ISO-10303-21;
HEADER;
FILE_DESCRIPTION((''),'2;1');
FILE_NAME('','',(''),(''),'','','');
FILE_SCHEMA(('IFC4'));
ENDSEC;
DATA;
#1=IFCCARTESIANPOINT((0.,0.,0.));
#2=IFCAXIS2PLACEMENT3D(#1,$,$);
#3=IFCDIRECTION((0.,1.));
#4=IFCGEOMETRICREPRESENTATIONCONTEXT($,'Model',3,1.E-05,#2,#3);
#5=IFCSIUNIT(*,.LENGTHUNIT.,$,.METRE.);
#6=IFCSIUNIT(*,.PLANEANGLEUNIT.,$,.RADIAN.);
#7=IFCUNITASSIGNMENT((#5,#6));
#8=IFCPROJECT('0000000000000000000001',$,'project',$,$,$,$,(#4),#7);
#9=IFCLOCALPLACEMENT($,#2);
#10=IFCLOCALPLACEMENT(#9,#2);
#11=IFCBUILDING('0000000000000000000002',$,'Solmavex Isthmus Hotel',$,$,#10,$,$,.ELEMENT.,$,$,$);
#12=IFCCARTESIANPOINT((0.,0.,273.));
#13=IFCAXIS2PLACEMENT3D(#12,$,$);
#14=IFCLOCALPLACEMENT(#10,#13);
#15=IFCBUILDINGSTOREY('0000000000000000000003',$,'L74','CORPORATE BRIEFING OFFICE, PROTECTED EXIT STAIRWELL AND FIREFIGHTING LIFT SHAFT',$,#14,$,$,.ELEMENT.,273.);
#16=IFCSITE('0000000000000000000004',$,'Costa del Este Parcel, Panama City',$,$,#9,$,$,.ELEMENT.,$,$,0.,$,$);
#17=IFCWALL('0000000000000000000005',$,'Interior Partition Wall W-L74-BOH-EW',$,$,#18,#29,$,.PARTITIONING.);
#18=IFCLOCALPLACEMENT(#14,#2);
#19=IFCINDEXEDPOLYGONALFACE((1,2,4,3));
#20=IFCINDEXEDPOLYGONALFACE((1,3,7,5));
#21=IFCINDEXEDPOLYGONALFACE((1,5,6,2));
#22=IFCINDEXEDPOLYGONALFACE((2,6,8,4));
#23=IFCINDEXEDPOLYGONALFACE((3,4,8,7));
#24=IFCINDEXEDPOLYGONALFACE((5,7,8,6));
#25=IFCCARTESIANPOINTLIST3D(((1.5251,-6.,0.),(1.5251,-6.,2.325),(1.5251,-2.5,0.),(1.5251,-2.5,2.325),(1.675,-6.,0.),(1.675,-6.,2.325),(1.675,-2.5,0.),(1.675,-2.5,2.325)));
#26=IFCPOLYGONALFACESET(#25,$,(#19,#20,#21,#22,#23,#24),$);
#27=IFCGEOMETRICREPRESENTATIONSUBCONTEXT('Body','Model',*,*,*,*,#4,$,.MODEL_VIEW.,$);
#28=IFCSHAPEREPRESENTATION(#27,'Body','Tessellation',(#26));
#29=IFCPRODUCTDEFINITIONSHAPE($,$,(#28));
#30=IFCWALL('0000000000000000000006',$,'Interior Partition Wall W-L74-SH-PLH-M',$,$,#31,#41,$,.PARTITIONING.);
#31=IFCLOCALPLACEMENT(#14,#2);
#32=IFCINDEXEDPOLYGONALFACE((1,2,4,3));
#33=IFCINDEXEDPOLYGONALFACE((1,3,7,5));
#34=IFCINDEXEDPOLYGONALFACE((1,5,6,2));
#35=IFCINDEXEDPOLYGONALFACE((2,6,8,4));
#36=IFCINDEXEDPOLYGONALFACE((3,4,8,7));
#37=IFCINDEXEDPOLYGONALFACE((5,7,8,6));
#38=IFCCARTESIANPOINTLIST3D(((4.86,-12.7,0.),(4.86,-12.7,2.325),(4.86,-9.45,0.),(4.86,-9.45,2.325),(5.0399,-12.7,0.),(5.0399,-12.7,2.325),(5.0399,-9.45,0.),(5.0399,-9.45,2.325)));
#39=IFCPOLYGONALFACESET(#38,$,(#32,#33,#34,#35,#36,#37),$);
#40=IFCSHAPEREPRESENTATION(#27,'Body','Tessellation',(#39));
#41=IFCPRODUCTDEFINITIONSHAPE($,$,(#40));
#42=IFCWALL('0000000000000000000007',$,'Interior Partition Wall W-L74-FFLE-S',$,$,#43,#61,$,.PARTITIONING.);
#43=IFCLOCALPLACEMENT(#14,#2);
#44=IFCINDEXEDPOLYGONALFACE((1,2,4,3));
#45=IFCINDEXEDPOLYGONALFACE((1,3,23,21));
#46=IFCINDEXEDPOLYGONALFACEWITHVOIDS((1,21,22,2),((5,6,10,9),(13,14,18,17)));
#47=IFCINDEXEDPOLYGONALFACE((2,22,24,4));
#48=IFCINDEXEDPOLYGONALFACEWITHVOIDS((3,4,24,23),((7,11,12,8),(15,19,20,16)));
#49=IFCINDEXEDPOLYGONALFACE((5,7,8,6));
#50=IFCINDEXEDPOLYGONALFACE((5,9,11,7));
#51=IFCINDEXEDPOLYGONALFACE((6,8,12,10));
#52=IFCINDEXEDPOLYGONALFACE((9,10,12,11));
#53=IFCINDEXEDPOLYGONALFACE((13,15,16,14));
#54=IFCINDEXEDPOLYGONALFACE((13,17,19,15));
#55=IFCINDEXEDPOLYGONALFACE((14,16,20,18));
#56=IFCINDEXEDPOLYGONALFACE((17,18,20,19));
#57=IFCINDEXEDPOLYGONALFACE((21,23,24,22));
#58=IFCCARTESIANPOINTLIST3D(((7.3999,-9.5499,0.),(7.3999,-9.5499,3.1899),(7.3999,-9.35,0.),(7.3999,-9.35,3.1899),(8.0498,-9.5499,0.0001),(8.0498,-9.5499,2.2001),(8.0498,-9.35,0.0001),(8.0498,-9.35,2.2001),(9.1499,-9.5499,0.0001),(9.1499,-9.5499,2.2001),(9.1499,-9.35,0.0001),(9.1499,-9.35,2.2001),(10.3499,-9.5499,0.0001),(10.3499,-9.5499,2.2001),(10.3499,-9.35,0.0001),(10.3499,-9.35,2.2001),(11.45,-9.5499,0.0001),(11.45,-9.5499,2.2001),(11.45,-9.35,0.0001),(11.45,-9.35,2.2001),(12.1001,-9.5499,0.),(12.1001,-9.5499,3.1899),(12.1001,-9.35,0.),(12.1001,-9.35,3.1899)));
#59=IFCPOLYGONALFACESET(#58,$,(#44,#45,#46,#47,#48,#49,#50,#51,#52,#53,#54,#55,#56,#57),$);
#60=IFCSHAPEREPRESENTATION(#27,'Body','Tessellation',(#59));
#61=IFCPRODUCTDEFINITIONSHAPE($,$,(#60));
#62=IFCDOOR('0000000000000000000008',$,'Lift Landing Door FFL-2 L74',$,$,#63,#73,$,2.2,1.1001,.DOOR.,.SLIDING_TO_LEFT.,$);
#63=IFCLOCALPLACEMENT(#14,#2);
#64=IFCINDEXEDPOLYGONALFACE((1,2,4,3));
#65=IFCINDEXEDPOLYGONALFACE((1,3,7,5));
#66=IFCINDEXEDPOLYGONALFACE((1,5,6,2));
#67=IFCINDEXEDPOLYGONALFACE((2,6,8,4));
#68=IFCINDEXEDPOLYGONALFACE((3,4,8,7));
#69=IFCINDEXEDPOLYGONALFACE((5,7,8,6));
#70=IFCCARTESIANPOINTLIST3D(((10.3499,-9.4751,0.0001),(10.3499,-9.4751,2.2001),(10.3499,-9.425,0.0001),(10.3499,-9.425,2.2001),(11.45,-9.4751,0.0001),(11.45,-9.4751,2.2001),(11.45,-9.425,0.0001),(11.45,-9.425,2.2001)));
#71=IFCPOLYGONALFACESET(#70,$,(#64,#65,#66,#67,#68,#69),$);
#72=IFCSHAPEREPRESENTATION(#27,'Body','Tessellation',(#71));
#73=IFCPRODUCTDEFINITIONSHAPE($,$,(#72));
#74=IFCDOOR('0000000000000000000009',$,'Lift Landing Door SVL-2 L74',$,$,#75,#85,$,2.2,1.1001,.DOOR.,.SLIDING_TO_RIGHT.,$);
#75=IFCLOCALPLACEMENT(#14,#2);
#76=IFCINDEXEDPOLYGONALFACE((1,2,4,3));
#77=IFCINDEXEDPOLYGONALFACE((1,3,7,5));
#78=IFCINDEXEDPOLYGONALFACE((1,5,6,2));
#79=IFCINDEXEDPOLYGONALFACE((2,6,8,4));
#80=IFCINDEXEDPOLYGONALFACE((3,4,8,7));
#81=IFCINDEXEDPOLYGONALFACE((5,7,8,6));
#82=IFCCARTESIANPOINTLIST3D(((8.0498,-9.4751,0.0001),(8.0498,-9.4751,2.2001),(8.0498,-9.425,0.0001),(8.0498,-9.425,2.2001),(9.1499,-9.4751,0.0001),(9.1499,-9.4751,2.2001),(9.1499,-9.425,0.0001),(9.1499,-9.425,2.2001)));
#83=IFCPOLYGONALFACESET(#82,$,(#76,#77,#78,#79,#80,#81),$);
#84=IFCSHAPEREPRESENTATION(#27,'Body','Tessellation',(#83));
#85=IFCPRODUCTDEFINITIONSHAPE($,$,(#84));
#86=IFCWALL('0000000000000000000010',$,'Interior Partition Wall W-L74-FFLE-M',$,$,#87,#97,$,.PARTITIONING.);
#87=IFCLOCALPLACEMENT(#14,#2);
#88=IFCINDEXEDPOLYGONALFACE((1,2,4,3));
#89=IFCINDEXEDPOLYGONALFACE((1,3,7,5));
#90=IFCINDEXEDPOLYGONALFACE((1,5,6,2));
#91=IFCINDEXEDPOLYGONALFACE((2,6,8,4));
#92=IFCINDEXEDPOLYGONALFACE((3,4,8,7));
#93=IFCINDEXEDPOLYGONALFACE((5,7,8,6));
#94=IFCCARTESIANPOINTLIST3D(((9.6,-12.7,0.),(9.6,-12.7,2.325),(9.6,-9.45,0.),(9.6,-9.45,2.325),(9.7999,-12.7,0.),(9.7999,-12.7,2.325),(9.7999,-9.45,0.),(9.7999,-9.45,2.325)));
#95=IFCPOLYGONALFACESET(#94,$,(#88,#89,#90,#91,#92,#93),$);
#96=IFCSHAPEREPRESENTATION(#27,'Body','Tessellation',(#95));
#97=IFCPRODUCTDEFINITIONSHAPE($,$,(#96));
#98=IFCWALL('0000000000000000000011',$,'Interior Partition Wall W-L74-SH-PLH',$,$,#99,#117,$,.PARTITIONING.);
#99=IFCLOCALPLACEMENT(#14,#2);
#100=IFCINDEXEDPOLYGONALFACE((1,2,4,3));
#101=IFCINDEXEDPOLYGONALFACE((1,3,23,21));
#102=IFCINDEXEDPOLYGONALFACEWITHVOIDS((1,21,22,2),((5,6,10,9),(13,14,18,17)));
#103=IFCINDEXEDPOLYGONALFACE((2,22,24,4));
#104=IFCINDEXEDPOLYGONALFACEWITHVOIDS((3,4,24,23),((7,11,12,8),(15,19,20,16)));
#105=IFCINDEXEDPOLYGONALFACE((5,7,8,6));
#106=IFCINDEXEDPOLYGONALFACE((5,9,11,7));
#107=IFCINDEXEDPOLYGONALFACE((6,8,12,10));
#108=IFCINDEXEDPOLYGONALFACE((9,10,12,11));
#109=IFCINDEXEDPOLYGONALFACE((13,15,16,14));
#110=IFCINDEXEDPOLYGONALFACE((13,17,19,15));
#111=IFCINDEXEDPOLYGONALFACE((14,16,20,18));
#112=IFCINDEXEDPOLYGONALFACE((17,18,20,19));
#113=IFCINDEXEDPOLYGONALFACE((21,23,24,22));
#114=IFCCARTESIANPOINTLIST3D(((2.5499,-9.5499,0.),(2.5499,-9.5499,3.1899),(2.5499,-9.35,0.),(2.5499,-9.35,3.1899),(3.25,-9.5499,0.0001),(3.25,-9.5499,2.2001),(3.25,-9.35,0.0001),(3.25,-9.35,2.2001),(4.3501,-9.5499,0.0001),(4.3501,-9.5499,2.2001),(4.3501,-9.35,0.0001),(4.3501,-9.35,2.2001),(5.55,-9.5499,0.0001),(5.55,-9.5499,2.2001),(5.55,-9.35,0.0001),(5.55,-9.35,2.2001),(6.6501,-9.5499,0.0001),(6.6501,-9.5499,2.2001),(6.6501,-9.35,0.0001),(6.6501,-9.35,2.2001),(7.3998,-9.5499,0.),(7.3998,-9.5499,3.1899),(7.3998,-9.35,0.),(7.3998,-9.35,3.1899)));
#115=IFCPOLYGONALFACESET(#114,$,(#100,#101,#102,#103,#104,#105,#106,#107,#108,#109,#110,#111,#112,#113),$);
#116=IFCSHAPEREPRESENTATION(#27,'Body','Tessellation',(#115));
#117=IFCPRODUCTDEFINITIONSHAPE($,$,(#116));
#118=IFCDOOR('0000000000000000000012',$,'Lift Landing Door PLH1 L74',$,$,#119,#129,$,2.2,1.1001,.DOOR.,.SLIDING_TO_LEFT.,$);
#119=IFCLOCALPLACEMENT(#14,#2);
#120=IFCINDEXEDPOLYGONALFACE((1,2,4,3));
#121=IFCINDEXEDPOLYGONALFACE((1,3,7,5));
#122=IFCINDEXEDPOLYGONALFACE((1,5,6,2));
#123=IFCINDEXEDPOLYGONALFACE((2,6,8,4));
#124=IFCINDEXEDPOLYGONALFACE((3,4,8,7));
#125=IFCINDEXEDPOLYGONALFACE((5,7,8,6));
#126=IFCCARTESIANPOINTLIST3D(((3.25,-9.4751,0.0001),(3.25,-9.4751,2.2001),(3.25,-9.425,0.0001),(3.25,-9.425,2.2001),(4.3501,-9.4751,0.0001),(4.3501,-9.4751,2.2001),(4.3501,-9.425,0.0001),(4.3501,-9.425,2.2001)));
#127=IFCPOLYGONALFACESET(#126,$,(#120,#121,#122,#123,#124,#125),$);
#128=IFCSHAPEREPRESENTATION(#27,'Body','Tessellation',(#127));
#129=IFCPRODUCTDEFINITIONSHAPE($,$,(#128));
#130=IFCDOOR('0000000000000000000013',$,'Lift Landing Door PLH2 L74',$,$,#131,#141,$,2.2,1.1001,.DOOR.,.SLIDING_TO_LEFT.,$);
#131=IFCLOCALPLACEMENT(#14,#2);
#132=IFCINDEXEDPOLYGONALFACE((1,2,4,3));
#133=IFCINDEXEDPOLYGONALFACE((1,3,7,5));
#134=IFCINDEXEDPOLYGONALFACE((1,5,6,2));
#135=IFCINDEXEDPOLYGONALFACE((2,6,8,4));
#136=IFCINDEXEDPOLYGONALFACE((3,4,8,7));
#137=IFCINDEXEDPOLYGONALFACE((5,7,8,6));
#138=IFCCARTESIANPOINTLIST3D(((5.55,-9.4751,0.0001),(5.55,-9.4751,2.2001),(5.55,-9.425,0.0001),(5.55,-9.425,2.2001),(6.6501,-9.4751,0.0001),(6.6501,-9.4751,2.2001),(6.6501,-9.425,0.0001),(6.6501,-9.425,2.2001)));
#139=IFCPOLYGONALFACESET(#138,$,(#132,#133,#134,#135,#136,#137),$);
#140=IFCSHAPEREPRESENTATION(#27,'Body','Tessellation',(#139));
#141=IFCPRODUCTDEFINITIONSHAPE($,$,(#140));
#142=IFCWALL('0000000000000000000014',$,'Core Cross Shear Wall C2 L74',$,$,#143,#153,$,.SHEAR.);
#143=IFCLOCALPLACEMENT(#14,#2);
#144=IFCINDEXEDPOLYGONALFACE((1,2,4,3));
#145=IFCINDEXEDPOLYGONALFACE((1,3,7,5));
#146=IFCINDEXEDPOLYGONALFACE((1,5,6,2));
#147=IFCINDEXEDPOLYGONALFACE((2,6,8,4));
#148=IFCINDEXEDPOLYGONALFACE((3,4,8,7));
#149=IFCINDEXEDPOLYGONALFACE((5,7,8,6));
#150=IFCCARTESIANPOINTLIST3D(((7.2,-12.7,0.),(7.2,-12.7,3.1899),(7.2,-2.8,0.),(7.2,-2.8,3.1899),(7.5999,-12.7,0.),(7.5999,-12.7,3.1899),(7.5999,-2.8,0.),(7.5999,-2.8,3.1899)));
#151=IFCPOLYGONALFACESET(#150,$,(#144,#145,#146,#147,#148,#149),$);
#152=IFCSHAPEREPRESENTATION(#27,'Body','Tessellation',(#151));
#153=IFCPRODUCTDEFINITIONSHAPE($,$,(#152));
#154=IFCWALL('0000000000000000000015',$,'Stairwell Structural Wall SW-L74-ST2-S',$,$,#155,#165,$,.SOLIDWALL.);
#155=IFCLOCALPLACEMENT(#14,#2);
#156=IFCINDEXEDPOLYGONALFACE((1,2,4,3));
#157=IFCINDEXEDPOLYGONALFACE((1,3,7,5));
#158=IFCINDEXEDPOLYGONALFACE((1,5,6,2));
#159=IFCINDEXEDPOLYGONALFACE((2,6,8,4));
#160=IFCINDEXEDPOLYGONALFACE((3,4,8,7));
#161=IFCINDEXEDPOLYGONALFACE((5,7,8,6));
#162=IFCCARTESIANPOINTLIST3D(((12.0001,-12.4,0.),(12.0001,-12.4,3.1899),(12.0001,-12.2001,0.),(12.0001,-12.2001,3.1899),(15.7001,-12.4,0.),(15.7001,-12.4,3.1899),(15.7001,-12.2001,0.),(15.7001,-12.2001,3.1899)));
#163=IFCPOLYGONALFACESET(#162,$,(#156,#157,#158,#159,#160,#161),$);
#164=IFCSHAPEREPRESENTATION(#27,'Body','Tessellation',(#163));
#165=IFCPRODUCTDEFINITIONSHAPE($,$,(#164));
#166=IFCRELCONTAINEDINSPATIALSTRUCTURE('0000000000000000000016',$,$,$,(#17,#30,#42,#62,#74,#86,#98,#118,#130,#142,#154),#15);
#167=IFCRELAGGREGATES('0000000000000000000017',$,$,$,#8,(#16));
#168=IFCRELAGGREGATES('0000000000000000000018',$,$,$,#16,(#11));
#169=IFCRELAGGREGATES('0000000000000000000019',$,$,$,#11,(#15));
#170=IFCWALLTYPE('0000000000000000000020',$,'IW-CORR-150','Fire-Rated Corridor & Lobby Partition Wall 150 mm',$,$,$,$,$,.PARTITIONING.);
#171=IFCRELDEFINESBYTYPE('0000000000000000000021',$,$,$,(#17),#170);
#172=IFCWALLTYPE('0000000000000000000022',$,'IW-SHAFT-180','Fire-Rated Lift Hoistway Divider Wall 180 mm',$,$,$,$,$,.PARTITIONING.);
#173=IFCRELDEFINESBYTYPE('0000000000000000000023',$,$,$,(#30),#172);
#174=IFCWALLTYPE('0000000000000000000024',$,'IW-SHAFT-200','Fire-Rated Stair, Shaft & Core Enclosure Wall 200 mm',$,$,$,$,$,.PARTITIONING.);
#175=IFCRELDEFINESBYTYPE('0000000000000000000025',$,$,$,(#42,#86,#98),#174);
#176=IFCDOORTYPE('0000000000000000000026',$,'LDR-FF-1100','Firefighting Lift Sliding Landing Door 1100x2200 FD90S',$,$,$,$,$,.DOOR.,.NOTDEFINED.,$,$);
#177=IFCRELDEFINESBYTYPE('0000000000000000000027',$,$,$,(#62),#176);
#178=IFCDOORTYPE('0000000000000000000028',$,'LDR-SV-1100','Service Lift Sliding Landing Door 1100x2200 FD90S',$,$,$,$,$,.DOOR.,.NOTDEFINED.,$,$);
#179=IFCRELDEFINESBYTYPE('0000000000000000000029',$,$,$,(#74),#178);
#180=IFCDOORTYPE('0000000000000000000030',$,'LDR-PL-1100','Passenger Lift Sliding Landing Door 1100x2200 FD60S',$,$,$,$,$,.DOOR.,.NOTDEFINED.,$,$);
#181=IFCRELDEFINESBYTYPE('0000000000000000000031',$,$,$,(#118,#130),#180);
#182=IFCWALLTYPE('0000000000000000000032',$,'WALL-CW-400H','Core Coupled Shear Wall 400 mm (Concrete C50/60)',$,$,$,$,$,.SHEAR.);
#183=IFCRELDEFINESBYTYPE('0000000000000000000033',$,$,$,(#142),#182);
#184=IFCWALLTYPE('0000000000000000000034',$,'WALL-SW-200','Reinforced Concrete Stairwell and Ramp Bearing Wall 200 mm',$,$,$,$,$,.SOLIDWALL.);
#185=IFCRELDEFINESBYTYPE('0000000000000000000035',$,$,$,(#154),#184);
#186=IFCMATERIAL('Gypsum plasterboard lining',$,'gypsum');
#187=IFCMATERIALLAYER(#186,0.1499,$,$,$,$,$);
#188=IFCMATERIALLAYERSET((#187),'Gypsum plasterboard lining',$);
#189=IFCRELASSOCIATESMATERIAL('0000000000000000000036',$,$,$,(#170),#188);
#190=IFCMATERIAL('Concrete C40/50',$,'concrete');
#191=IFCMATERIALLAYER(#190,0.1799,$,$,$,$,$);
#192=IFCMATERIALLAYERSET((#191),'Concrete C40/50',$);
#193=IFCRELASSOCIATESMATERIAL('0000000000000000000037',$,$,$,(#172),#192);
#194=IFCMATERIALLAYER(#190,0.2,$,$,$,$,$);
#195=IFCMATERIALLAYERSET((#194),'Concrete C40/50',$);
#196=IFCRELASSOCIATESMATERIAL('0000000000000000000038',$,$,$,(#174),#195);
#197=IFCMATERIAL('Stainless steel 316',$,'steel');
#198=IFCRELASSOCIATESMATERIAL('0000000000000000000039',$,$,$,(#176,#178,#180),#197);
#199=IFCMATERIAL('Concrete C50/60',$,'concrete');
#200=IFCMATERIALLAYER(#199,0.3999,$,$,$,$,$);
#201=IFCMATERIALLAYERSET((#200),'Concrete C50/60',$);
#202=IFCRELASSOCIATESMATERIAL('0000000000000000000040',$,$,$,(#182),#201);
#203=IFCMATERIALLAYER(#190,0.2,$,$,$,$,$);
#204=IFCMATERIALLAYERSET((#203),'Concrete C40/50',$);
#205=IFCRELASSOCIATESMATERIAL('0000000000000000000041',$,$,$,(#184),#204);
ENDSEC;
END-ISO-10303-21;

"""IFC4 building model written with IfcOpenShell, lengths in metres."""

from ifc_helpers import new_model, si_unit, direction, frame, frame_2d, origin, place, context, subcontext, project, spatial, rectangle, extrude, material, layer, layer_set, type_object, element, fill, save


model = new_model("IFC4")

# Units and contexts
model_context = context("Model", 3, precision=1e-05, world=origin(), true_north=direction((0.0, 1.0)))
body_context = subcontext(model_context, "Body", "Model", "MODEL_VIEW")
ifc_project = project(units=[si_unit("LENGTHUNIT", "METRE"), si_unit("PLANEANGLEUNIT", "RADIAN")], contexts=[model_context])

# Site, building, storey
site_placement = place(None, origin())
site = spatial("IfcSite", under=ifc_project, at=site_placement, Name="Costa del Este Parcel, Panama City", CompositionType="ELEMENT", RefElevation=0.0)
building_placement = place(site_placement, origin())
building = spatial("IfcBuilding", under=site, at=building_placement, Name="Solmavex Isthmus Hotel", CompositionType="ELEMENT")
storey_placement = place(building_placement, frame((0.0, 0.0, 273.0)))
storey = spatial("IfcBuildingStorey", under=building, at=storey_placement, Name="L74", Description="CORPORATE BRIEFING OFFICE, PROTECTED EXIT STAIRWELL AND FIREFIGHTING LIFT SHAFT", CompositionType="ELEMENT", Elevation=273.0)

# Shared definitions
ifc_material_1 = material(Name="Concrete C50/60", Category="concrete")

# Shared definitions
ifc_material_2 = material(Name="Concrete C40/50", Category="concrete")

# Shared definitions
ifc_material_3 = material(Name="Gypsum plasterboard lining", Category="gypsum")

# Shared definitions
ifc_layer_1 = layer(ifc_material_3, 0.1499)
ifc_layer_set_1 = layer_set([ifc_layer_1], Name="Gypsum plasterboard lining")
wall_type_1 = type_object("IfcWallType", Name="IW-CORR-150", Description="Fire-Rated Corridor & Lobby Partition Wall 150 mm", PredefinedType="PARTITIONING", material=ifc_layer_set_1)

# Walls
wall_1_placement = place(storey_placement, frame((1.6001, -6.0, 0.0), z_axis=(0.0, 0.0, 1.0), x_axis=(0.0, 1.0, 0.0)))
element("IfcWall", 1, at=wall_1_placement, inside=storey, type_object=wall_type_1, Name="Interior Partition Wall W-L74-BOH-EW", PredefinedType="PARTITIONING", context=body_context, shape_type="SweptSolid", body=[
    extrude(rectangle(XDim=3.5, YDim=0.1499, at=frame_2d((1.75, 0.0))), origin(), (0.0, 0.0, 1.0), 2.325),
])
ifc_layer_2 = layer(ifc_material_2, 0.1799)
ifc_layer_set_2 = layer_set([ifc_layer_2], Name="Concrete C40/50")
wall_type_2 = type_object("IfcWallType", Name="IW-SHAFT-180", Description="Fire-Rated Lift Hoistway Divider Wall 180 mm", PredefinedType="PARTITIONING", material=ifc_layer_set_2)
wall_2_placement = place(storey_placement, frame((4.95, -12.7, 0.0), z_axis=(0.0, 0.0, 1.0), x_axis=(0.0, 1.0, 0.0)))
element("IfcWall", 2, at=wall_2_placement, inside=storey, type_object=wall_type_2, Name="Interior Partition Wall W-L74-SH-PLH-M", PredefinedType="PARTITIONING", context=body_context, shape_type="SweptSolid", body=[
    extrude(rectangle(XDim=3.25, YDim=0.1799, at=frame_2d((1.625, 0.0))), origin(), (0.0, 0.0, 1.0), 2.325),
])

# Wall, openings, doors
ifc_layer_3 = layer(ifc_material_2, 0.2)
ifc_layer_set_3 = layer_set([ifc_layer_3], Name="Concrete C40/50")
wall_type_3 = type_object("IfcWallType", Name="IW-SHAFT-200", Description="Fire-Rated Stair, Shaft & Core Enclosure Wall 200 mm", PredefinedType="PARTITIONING", material=ifc_layer_set_3)
wall_3_placement = place(storey_placement, frame((7.3999, -9.45, 0.0), z_axis=(0.0, 0.0, 1.0), x_axis=(1.0, 0.0, 0.0)))
wall_3 = element("IfcWall", 3, at=wall_3_placement, inside=storey, type_object=wall_type_3, Name="Interior Partition Wall W-L74-FFLE-S", PredefinedType="PARTITIONING", context=body_context, shape_type="SweptSolid", body=[
    extrude(rectangle(XDim=4.7002, YDim=0.2, at=frame_2d((2.3501, 0.0))), origin(), (0.0, 0.0, 1.0), 3.1899),
])
opening_1_placement = place(wall_3_placement, frame((2.95, 0.0, 0.0)))
opening_1 = element("IfcOpeningElement", 4, at=opening_1_placement, cuts=wall_3, PredefinedType="OPENING", context=body_context, shape_type="SweptSolid", body=[
    extrude(rectangle(XDim=1.1001, YDim=2.2, at=frame_2d((0.55, 1.1001))), frame((0.0, 0.1099, 0.0), z_axis=(0.0, -1.0, 0.0), x_axis=(1.0, 0.0, 0.0)), (0.0, 0.0, 1.0), 0.22),
])
opening_2_placement = place(wall_3_placement, frame((0.6499, 0.0, 0.0)))
opening_2 = element("IfcOpeningElement", 5, at=opening_2_placement, cuts=wall_3, PredefinedType="OPENING", context=body_context, shape_type="SweptSolid", body=[
    extrude(rectangle(XDim=1.1001, YDim=2.2, at=frame_2d((0.55, 1.1001))), frame((0.0, 0.1099, 0.0), z_axis=(0.0, -1.0, 0.0), x_axis=(1.0, 0.0, 0.0)), (0.0, 0.0, 1.0), 0.22),
])
ifc_material_4 = material(Name="Stainless steel 316", Category="steel")
door_type_1 = type_object("IfcDoorType", Name="LDR-FF-1100", Description="Firefighting Lift Sliding Landing Door 1100x2200 FD90S", OperationType="NOTDEFINED", PredefinedType="DOOR", material=ifc_material_4)
door_1_placement = place(opening_1_placement, origin())
door_1 = element("IfcDoor", 6, at=door_1_placement, inside=storey, type_object=door_type_1, Name="Lift Landing Door FFL-2 L74", OperationType="SLIDING_TO_LEFT", OverallHeight=2.2, OverallWidth=1.1001, PredefinedType="DOOR", context=body_context, shape_type="SweptSolid", body=[
    extrude(rectangle(XDim=1.1001, YDim=2.2, at=frame_2d((0.55, 1.1001))), frame((0.0, 0.0249, 0.0), z_axis=(0.0, -1.0, 0.0), x_axis=(1.0, 0.0, 0.0)), (0.0, 0.0, 1.0), 0.05),
])
fill(opening_1, door_1)
door_type_2 = type_object("IfcDoorType", Name="LDR-SV-1100", Description="Service Lift Sliding Landing Door 1100x2200 FD90S", OperationType="NOTDEFINED", PredefinedType="DOOR", material=ifc_material_4)
door_2_placement = place(opening_2_placement, origin())
door_2 = element("IfcDoor", 7, at=door_2_placement, inside=storey, type_object=door_type_2, Name="Lift Landing Door SVL-2 L74", OperationType="SLIDING_TO_RIGHT", OverallHeight=2.2, OverallWidth=1.1001, PredefinedType="DOOR", context=body_context, shape_type="SweptSolid", body=[
    extrude(rectangle(XDim=1.1001, YDim=2.2, at=frame_2d((0.55, 1.1001))), frame((0.0, 0.0249, 0.0), z_axis=(0.0, -1.0, 0.0), x_axis=(1.0, 0.0, 0.0)), (0.0, 0.0, 1.0), 0.05),
])
fill(opening_2, door_2)

# Wall
wall_4_placement = place(storey_placement, frame((9.7, -12.7, 0.0), z_axis=(0.0, 0.0, 1.0), x_axis=(0.0, 1.0, 0.0)))
element("IfcWall", 8, at=wall_4_placement, inside=storey, type_object=wall_type_3, Name="Interior Partition Wall W-L74-FFLE-M", PredefinedType="PARTITIONING", context=body_context, shape_type="SweptSolid", body=[
    extrude(rectangle(XDim=3.25, YDim=0.2, at=frame_2d((1.625, 0.0))), origin(), (0.0, 0.0, 1.0), 2.325),
])

# Wall, openings, doors
wall_5_placement = place(storey_placement, frame((2.55, -9.45, 0.0), z_axis=(0.0, 0.0, 1.0), x_axis=(1.0, 0.0, 0.0)))
wall_5 = element("IfcWall", 9, at=wall_5_placement, inside=storey, type_object=wall_type_3, Name="Interior Partition Wall W-L74-SH-PLH", PredefinedType="PARTITIONING", context=body_context, shape_type="SweptSolid", body=[
    extrude(rectangle(XDim=4.8499, YDim=0.2, at=frame_2d((2.4248, 0.0))), origin(), (0.0, 0.0, 1.0), 3.1899),
])
opening_3_placement = place(wall_5_placement, frame((0.7, 0.0, 0.0)))
opening_3 = element("IfcOpeningElement", 10, at=opening_3_placement, cuts=wall_5, PredefinedType="OPENING", context=body_context, shape_type="SweptSolid", body=[
    extrude(rectangle(XDim=1.1001, YDim=2.2, at=frame_2d((0.55, 1.1001))), frame((0.0, 0.1099, 0.0), z_axis=(0.0, -1.0, 0.0), x_axis=(1.0, 0.0, 0.0)), (0.0, 0.0, 1.0), 0.22),
])
opening_4_placement = place(wall_5_placement, frame((3.0, 0.0, 0.0)))
opening_4 = element("IfcOpeningElement", 11, at=opening_4_placement, cuts=wall_5, PredefinedType="OPENING", context=body_context, shape_type="SweptSolid", body=[
    extrude(rectangle(XDim=1.1001, YDim=2.2, at=frame_2d((0.55, 1.1001))), frame((0.0, 0.1099, 0.0), z_axis=(0.0, -1.0, 0.0), x_axis=(1.0, 0.0, 0.0)), (0.0, 0.0, 1.0), 0.22),
])
door_type_3 = type_object("IfcDoorType", Name="LDR-PL-1100", Description="Passenger Lift Sliding Landing Door 1100x2200 FD60S", OperationType="NOTDEFINED", PredefinedType="DOOR", material=ifc_material_4)
door_3_placement = place(opening_3_placement, origin())
door_3 = element("IfcDoor", 12, at=door_3_placement, inside=storey, type_object=door_type_3, Name="Lift Landing Door PLH1 L74", OperationType="SLIDING_TO_LEFT", OverallHeight=2.2, OverallWidth=1.1001, PredefinedType="DOOR", context=body_context, shape_type="SweptSolid", body=[
    extrude(rectangle(XDim=1.1001, YDim=2.2, at=frame_2d((0.55, 1.1001))), frame((0.0, 0.0249, 0.0), z_axis=(0.0, -1.0, 0.0), x_axis=(1.0, 0.0, 0.0)), (0.0, 0.0, 1.0), 0.05),
])
fill(opening_3, door_3)
door_4_placement = place(opening_4_placement, origin())
door_4 = element("IfcDoor", 13, at=door_4_placement, inside=storey, type_object=door_type_3, Name="Lift Landing Door PLH2 L74", OperationType="SLIDING_TO_LEFT", OverallHeight=2.2, OverallWidth=1.1001, PredefinedType="DOOR", context=body_context, shape_type="SweptSolid", body=[
    extrude(rectangle(XDim=1.1001, YDim=2.2, at=frame_2d((0.55, 1.1001))), frame((0.0, 0.0249, 0.0), z_axis=(0.0, -1.0, 0.0), x_axis=(1.0, 0.0, 0.0)), (0.0, 0.0, 1.0), 0.05),
])
fill(opening_4, door_4)

# Walls
ifc_layer_4 = layer(ifc_material_1, 0.3999)
ifc_layer_set_4 = layer_set([ifc_layer_4], Name="Concrete C50/60")
wall_type_4 = type_object("IfcWallType", Name="WALL-CW-400H", Description="Core Coupled Shear Wall 400 mm (Concrete C50/60)", PredefinedType="SHEAR", material=ifc_layer_set_4)
wall_6_placement = place(storey_placement, frame((7.3999, -12.7, 0.0), z_axis=(0.0, 0.0, 1.0), x_axis=(0.0, 1.0, 0.0)))
element("IfcWall", 14, at=wall_6_placement, inside=storey, type_object=wall_type_4, Name="Core Cross Shear Wall C2 L74", PredefinedType="SHEAR", context=body_context, shape_type="SweptSolid", body=[
    extrude(rectangle(XDim=9.8999, YDim=0.3999, at=frame_2d((4.95, 0.0))), origin(), (0.0, 0.0, 1.0), 3.1899),
])
ifc_layer_5 = layer(ifc_material_2, 0.2)
ifc_layer_set_5 = layer_set([ifc_layer_5], Name="Concrete C40/50")
wall_type_5 = type_object("IfcWallType", Name="WALL-SW-200", Description="Reinforced Concrete Stairwell and Ramp Bearing Wall 200 mm", PredefinedType="SOLIDWALL", material=ifc_layer_set_5)
for number, where, z_axis, x_axis, name in (
    (15, (12.0, -12.3, 0.0), (0.0, 0.0, 1.0), (1.0, 0.0, 0.0), "Stairwell Structural Wall SW-L74-ST2-S"),
):
    element("IfcWall", number, at=place(storey_placement, frame(where, z_axis=z_axis, x_axis=x_axis)), inside=storey, type_object=wall_type_5, Name=name, PredefinedType="SOLIDWALL", context=body_context, shape_type="SweptSolid", body=[
        extrude(rectangle(XDim=3.7, YDim=0.2, at=frame_2d((1.8501, 0.0))), origin(), (0.0, 0.0, 1.0), 3.1899),
    ])

save(model, "model.ifc")
